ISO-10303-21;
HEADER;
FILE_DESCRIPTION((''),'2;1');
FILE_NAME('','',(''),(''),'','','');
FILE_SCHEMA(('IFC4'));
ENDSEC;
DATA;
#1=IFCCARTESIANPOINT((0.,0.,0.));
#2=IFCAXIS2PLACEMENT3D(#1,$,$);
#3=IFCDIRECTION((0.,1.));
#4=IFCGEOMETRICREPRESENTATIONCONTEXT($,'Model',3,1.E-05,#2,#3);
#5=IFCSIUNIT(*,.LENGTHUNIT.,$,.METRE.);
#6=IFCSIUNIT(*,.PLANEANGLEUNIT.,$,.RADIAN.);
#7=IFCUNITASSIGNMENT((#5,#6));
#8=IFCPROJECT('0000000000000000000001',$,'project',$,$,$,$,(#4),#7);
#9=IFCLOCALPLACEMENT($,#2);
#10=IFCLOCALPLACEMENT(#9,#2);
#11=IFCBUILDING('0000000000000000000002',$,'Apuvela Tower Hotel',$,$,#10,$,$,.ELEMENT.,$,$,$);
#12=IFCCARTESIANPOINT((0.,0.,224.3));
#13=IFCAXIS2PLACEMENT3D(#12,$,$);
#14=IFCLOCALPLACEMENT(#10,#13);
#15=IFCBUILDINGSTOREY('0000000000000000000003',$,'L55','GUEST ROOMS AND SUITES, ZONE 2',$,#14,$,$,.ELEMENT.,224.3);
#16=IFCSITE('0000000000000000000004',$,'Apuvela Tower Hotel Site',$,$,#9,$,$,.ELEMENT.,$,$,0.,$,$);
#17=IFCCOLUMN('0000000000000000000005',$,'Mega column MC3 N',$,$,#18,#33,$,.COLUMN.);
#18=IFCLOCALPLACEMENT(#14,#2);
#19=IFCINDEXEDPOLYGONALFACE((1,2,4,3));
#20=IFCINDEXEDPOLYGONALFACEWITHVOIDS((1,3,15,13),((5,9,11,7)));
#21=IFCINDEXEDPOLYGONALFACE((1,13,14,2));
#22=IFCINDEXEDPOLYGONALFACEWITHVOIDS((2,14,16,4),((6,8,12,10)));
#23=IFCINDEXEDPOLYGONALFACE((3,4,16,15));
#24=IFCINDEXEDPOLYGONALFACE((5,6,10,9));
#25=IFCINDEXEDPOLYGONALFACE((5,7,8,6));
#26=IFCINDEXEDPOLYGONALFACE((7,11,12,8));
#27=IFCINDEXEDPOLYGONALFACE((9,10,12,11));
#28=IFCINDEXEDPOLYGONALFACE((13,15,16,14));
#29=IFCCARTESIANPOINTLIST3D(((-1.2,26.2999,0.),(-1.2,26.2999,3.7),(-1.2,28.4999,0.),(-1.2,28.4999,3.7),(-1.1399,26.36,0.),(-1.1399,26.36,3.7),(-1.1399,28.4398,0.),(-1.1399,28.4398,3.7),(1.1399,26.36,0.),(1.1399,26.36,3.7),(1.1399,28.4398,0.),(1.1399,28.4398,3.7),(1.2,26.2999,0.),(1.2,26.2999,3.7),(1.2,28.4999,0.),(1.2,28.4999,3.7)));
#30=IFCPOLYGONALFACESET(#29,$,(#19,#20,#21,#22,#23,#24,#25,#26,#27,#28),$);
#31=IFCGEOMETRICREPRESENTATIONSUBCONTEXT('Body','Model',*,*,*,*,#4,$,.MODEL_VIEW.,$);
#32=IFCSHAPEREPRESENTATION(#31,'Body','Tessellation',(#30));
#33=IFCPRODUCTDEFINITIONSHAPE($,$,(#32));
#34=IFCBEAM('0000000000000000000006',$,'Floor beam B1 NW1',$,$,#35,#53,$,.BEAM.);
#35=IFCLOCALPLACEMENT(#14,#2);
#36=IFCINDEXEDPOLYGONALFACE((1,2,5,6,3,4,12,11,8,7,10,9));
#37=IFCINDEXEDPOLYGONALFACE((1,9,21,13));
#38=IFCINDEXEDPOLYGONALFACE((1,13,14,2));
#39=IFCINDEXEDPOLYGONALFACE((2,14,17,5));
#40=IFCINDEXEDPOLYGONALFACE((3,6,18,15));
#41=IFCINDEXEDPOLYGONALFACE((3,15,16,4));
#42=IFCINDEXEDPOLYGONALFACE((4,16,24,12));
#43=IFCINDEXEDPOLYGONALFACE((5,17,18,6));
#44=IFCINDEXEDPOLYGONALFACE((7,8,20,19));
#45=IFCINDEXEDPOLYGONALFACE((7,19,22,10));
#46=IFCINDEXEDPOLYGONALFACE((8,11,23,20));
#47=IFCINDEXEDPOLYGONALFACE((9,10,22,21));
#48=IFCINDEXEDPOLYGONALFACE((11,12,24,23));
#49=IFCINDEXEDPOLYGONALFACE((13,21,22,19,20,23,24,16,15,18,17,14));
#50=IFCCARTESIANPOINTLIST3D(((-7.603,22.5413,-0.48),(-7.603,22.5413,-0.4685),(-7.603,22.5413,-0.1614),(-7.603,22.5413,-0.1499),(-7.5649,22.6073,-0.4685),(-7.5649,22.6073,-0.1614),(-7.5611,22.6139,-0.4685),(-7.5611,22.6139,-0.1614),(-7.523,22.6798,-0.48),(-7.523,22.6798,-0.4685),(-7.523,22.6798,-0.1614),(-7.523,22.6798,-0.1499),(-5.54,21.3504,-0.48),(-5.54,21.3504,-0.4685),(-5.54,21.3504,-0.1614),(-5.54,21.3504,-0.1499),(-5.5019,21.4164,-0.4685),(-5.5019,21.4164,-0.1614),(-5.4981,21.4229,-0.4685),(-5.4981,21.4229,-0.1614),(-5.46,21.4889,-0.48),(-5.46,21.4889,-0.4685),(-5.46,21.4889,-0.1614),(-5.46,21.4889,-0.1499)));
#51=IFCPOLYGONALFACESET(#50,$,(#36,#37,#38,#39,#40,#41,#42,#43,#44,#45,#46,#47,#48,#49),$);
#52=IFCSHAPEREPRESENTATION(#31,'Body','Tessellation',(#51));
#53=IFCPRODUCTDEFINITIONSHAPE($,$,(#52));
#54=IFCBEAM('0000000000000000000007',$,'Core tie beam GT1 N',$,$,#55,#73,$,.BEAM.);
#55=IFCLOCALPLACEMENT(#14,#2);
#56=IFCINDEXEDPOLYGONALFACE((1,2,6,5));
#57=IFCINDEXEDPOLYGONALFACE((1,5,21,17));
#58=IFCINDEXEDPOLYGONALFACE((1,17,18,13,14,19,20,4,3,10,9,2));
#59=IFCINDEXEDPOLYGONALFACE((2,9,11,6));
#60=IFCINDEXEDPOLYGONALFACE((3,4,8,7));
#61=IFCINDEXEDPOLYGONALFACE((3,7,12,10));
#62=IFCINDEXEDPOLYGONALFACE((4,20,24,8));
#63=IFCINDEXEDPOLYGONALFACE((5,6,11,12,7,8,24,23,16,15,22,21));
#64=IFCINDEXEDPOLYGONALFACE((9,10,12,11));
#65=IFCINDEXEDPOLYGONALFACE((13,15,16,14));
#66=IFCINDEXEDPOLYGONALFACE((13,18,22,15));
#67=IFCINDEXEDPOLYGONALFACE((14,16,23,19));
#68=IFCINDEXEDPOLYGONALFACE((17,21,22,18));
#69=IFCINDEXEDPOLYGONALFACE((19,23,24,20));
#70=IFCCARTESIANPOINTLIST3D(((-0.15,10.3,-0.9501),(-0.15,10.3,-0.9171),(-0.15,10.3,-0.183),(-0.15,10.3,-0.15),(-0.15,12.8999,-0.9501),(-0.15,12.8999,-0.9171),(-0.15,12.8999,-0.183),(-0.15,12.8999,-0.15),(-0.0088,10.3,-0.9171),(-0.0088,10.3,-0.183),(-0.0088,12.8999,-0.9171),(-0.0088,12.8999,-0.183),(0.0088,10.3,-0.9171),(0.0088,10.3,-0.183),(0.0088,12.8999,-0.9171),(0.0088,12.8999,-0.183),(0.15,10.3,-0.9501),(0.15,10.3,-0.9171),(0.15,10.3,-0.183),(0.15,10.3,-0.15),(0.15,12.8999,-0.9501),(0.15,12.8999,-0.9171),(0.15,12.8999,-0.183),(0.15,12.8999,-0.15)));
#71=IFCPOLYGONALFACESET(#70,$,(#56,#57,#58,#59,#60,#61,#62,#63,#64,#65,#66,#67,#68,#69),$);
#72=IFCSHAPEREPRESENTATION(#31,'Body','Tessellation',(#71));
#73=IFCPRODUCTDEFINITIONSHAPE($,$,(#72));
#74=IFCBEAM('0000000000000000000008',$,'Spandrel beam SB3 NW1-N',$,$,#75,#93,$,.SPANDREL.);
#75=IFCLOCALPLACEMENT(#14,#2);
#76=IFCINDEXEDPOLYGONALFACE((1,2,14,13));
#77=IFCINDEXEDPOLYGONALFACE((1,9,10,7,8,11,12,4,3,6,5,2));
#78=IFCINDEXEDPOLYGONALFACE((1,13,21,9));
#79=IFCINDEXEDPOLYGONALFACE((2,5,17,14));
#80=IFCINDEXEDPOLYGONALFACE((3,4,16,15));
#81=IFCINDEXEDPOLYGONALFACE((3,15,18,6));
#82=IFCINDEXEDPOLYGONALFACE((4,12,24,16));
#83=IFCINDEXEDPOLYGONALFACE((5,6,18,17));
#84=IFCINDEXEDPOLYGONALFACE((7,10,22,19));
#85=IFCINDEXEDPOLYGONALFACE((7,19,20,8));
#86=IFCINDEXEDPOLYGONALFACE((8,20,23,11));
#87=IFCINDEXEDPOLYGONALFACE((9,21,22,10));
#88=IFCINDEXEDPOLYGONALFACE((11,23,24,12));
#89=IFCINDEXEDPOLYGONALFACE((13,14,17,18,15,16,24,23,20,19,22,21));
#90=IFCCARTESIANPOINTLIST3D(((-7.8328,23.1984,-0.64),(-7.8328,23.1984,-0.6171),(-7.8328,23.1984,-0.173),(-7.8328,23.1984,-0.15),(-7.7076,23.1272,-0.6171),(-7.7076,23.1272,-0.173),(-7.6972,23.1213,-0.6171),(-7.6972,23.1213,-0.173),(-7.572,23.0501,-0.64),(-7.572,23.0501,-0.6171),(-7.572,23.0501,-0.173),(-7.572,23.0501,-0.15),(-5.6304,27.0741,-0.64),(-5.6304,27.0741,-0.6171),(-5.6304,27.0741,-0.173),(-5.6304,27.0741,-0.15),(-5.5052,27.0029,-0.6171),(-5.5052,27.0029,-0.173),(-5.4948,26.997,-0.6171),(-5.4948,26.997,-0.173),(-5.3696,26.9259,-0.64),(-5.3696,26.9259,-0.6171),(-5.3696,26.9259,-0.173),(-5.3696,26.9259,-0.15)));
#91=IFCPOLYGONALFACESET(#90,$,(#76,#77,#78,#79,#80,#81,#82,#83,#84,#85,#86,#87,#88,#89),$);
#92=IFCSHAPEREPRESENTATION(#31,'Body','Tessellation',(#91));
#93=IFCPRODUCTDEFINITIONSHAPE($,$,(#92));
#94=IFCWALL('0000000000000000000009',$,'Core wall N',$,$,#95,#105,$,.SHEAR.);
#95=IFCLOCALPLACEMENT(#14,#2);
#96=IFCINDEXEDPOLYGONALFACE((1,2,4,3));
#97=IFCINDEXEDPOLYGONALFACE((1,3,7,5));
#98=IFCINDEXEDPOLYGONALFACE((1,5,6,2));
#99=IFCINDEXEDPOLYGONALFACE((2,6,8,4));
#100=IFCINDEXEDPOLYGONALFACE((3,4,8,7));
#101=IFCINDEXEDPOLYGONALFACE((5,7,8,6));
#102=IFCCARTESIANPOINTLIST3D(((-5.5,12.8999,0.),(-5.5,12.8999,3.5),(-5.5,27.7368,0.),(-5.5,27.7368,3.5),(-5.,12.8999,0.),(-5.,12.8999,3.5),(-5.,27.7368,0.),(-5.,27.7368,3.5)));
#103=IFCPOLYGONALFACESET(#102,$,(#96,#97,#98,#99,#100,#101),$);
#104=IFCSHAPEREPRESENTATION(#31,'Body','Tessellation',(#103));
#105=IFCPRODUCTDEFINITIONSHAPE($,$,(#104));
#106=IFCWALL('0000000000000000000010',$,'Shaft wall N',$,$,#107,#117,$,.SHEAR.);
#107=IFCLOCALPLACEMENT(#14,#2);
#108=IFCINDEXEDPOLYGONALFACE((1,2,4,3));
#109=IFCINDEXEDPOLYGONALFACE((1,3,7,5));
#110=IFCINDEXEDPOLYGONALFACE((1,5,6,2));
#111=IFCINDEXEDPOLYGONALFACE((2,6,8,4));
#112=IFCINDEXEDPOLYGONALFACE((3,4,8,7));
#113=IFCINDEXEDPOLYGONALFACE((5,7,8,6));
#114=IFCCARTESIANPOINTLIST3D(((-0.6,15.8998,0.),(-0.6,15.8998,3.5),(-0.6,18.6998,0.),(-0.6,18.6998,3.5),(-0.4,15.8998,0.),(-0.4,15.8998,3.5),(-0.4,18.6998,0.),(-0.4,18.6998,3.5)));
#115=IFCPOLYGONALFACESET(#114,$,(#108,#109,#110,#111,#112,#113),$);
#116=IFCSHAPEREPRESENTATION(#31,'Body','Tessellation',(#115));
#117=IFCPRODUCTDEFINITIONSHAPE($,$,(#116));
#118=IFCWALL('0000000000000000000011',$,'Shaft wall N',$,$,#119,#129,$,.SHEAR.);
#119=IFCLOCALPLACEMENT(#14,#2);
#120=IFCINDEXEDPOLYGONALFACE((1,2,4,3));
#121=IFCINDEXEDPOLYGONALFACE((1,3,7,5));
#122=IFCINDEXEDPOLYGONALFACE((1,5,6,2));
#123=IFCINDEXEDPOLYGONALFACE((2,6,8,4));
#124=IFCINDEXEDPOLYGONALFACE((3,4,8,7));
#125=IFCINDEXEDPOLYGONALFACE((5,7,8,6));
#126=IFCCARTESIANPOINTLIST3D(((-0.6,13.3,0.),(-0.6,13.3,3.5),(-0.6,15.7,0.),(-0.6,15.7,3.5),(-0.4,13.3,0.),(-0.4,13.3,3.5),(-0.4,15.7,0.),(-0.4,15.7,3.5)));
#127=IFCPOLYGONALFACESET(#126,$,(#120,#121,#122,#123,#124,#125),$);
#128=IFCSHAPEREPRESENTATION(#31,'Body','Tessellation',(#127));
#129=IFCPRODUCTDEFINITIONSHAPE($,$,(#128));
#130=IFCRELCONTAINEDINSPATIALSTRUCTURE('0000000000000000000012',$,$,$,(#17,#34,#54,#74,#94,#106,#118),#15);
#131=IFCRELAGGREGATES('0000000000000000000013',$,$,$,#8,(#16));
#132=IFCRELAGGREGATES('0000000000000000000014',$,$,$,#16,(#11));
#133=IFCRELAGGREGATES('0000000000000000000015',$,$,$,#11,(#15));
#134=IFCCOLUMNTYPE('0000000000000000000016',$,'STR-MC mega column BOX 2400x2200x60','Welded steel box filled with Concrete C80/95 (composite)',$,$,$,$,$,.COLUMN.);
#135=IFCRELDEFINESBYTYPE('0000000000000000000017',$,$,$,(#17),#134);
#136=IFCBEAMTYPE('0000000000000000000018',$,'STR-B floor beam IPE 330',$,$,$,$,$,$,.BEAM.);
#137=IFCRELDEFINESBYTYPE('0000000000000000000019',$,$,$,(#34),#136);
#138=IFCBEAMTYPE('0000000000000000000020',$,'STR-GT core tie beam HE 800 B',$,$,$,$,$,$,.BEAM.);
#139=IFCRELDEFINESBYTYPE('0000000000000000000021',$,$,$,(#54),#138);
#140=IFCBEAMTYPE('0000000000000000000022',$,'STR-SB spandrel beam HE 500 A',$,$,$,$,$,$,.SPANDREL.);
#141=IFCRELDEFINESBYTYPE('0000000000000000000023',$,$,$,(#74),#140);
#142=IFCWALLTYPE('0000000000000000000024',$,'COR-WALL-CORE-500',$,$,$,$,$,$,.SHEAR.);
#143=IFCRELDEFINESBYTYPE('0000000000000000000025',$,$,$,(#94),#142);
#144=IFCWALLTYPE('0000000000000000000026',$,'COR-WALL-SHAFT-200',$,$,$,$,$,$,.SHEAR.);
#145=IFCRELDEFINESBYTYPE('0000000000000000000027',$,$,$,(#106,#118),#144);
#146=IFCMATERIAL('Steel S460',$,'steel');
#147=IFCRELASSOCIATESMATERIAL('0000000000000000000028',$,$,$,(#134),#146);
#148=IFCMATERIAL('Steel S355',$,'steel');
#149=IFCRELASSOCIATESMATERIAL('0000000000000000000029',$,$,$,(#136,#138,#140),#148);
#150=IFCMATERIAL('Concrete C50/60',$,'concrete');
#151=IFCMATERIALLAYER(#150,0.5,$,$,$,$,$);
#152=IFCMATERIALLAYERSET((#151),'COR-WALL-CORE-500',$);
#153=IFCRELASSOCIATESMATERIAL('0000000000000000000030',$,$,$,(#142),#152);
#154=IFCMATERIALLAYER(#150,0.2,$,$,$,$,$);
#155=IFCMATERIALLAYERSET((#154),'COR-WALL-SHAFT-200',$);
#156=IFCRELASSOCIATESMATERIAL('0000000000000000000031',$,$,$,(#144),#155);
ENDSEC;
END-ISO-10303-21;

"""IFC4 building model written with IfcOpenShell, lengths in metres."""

from ifc_helpers import new_model, si_unit, direction, frame, frame_2d, origin, origin_2d, place, context, subcontext, project, spatial, rectangle, hollow_rectangle, i_section, extrude, material, layer, layer_set, material_profile, profile_set, type_object, element, save


model = new_model("IFC4")

# Units and contexts
model_context = context("Model", 3, precision=1e-05, world=origin(), true_north=direction((0.0, 1.0)))
body_context = subcontext(model_context, "Body", "Model", "MODEL_VIEW")
ifc_project = project(units=[si_unit("LENGTHUNIT", "METRE"), si_unit("PLANEANGLEUNIT", "RADIAN")], contexts=[model_context])

# Site, building, storey
site_placement = place(None, origin())
site = spatial("IfcSite", under=ifc_project, at=site_placement, Name="Apuvela Tower Hotel Site", CompositionType="ELEMENT", RefElevation=0.0)
building_placement = place(site_placement, origin())
building = spatial("IfcBuilding", under=site, at=building_placement, Name="Apuvela Tower Hotel", CompositionType="ELEMENT")
storey_placement = place(building_placement, frame((0.0, 0.0, 224.3)))
storey = spatial("IfcBuildingStorey", under=building, at=storey_placement, Name="L55", Description="GUEST ROOMS AND SUITES, ZONE 2", CompositionType="ELEMENT", Elevation=224.3)

# Column
ifc_material_1 = material(Name="Steel S460", Category="steel")
ifc_material_profile_1 = material_profile(ifc_material_1, hollow_rectangle(XDim=2.3999, YDim=2.2, WallThickness=0.0601, at=origin_2d()), Name="BOX 2400x2200x60")
ifc_material_2 = material(Name="Concrete C80/95", Category="concrete")
ifc_material_profile_2 = material_profile(ifc_material_2, rectangle(XDim=2.28, YDim=2.0801, at=origin_2d()), Name="Concrete C80/95 infill")
ifc_profile_set_1 = profile_set([ifc_material_profile_1, ifc_material_profile_2], Name="Steel S460")
column_type = type_object("IfcColumnType", Name="STR-MC mega column BOX 2400x2200x60", Description="Welded steel box filled with Concrete C80/95 (composite)", PredefinedType="COLUMN", material=ifc_profile_set_1)
column_placement = place(storey_placement, frame((0.0, 27.3999, 0.0), z_axis=(0.0, 0.0, 1.0), x_axis=(1.0, 0.0, 0.0)))
element("IfcColumn", 1, at=column_placement, inside=storey, type_object=column_type, Name="Mega column MC3 N", PredefinedType="COLUMN", context=body_context, shape_type="SweptSolid", body=[
    extrude(hollow_rectangle(XDim=2.3999, YDim=2.2, WallThickness=0.0601, at=origin_2d()), origin(), (0.0, 0.0, 1.0), 3.7),
])

# Beams
ifc_material_3 = material(Name="Steel S355", Category="steel")
ifc_material_profile_3 = material_profile(ifc_material_3, i_section(OverallWidth=0.1599, OverallDepth=0.3301, WebThickness=0.0076, FlangeThickness=0.0115, at=origin_2d()), Name="IPE 330")
ifc_profile_set_2 = profile_set([ifc_material_profile_3], Name="Steel S355")
beam_type_1 = type_object("IfcBeamType", Name="STR-B floor beam IPE 330", PredefinedType="BEAM", material=ifc_profile_set_2)
beam_1_placement = place(storey_placement, frame((-7.563, 22.6106, -0.3149), z_axis=(0.866052, -0.499953, 0.0), x_axis=(0.499953, 0.866052, 0.0)))
element("IfcBeam", 2, at=beam_1_placement, inside=storey, type_object=beam_type_1, Name="Floor beam B1 NW1", PredefinedType="BEAM", context=body_context, shape_type="SweptSolid", body=[
    extrude(i_section(OverallWidth=0.1599, OverallDepth=0.3301, WebThickness=0.0076, FlangeThickness=0.0115, at=origin_2d()), origin(), (0.0, 0.0, 1.0), 2.3821),
])
ifc_material_profile_4 = material_profile(ifc_material_3, i_section(OverallWidth=0.3, OverallDepth=0.8, WebThickness=0.0176, FlangeThickness=0.033, at=origin_2d()), Name="HE 800 B")
ifc_profile_set_3 = profile_set([ifc_material_profile_4], Name="Steel S355")
beam_type_2 = type_object("IfcBeamType", Name="STR-GT core tie beam HE 800 B", PredefinedType="BEAM", material=ifc_profile_set_3)
beam_2_placement = place(storey_placement, frame((0.0, 12.8999, -0.55), z_axis=(0.0, -1.0, 0.0), x_axis=(1.0, 0.0, 0.0)))
element("IfcBeam", 3, at=beam_2_placement, inside=storey, type_object=beam_type_2, Name="Core tie beam GT1 N", PredefinedType="BEAM", context=body_context, shape_type="SweptSolid", body=[
    extrude(i_section(OverallWidth=0.3, OverallDepth=0.8, WebThickness=0.0176, FlangeThickness=0.033, at=origin_2d()), origin(), (0.0, 0.0, 1.0), 2.5999),
])
ifc_material_profile_5 = material_profile(ifc_material_3, i_section(OverallWidth=0.3, OverallDepth=0.49, WebThickness=0.012, FlangeThickness=0.0229, at=origin_2d()), Name="HE 500 A")
ifc_profile_set_4 = profile_set([ifc_material_profile_5], Name="Steel S355")
beam_type_3 = type_object("IfcBeamType", Name="STR-SB spandrel beam HE 500 A", PredefinedType="SPANDREL", material=ifc_profile_set_4)
beam_3_placement = place(storey_placement, frame((-7.7024, 23.1243, -0.395), z_axis=(0.494056, 0.86943, 0.0), x_axis=(-0.86943, 0.494056, 0.0)))
element("IfcBeam", 4, at=beam_3_placement, inside=storey, type_object=beam_type_3, Name="Spandrel beam SB3 NW1-N", PredefinedType="SPANDREL", context=body_context, shape_type="SweptSolid", body=[
    extrude(i_section(OverallWidth=0.3, OverallDepth=0.49, WebThickness=0.012, FlangeThickness=0.0229, at=origin_2d()), origin(), (0.0, 0.0, 1.0), 4.4578),
])

# Walls
ifc_material_4 = material(Name="Concrete C50/60", Category="concrete")
ifc_layer_1 = layer(ifc_material_4, 0.5)
ifc_layer_set_1 = layer_set([ifc_layer_1], Name="COR-WALL-CORE-500")
wall_type_1 = type_object("IfcWallType", Name="COR-WALL-CORE-500", PredefinedType="SHEAR", material=ifc_layer_set_1)
wall_1_placement = place(storey_placement, frame((-5.25, 12.8999, 0.0), z_axis=(0.0, 0.0, 1.0), x_axis=(0.0, 1.0, 0.0)))
element("IfcWall", 5, at=wall_1_placement, inside=storey, type_object=wall_type_1, Name="Core wall N", PredefinedType="SHEAR", context=body_context, shape_type="SweptSolid", body=[
    extrude(rectangle(XDim=14.8369, YDim=0.5, at=frame_2d((7.4185, 0.0))), origin(), (0.0, 0.0, 1.0), 3.5),
])
ifc_layer_2 = layer(ifc_material_4, 0.2)
ifc_layer_set_2 = layer_set([ifc_layer_2], Name="COR-WALL-SHAFT-200")
wall_type_2 = type_object("IfcWallType", Name="COR-WALL-SHAFT-200", PredefinedType="SHEAR", material=ifc_layer_set_2)
wall_2_placement = place(storey_placement, frame((-0.5, 15.8999, 0.0), z_axis=(0.0, 0.0, 1.0), x_axis=(0.0, 1.0, 0.0)))
element("IfcWall", 6, at=wall_2_placement, inside=storey, type_object=wall_type_2, Name="Shaft wall N", PredefinedType="SHEAR", context=body_context, shape_type="SweptSolid", body=[
    extrude(rectangle(XDim=2.8, YDim=0.2, at=frame_2d((1.3999, 0.0))), origin(), (0.0, 0.0, 1.0), 3.5),
])
wall_3_placement = place(storey_placement, frame((-0.5, 13.3, 0.0), z_axis=(0.0, 0.0, 1.0), x_axis=(0.0, 1.0, 0.0)))
element("IfcWall", 7, at=wall_3_placement, inside=storey, type_object=wall_type_2, Name="Shaft wall N", PredefinedType="SHEAR", context=body_context, shape_type="SweptSolid", body=[
    extrude(rectangle(XDim=2.3999, YDim=0.2, at=frame_2d((1.2, 0.0))), origin(), (0.0, 0.0, 1.0), 3.5),
])

save(model, "model.ifc")
